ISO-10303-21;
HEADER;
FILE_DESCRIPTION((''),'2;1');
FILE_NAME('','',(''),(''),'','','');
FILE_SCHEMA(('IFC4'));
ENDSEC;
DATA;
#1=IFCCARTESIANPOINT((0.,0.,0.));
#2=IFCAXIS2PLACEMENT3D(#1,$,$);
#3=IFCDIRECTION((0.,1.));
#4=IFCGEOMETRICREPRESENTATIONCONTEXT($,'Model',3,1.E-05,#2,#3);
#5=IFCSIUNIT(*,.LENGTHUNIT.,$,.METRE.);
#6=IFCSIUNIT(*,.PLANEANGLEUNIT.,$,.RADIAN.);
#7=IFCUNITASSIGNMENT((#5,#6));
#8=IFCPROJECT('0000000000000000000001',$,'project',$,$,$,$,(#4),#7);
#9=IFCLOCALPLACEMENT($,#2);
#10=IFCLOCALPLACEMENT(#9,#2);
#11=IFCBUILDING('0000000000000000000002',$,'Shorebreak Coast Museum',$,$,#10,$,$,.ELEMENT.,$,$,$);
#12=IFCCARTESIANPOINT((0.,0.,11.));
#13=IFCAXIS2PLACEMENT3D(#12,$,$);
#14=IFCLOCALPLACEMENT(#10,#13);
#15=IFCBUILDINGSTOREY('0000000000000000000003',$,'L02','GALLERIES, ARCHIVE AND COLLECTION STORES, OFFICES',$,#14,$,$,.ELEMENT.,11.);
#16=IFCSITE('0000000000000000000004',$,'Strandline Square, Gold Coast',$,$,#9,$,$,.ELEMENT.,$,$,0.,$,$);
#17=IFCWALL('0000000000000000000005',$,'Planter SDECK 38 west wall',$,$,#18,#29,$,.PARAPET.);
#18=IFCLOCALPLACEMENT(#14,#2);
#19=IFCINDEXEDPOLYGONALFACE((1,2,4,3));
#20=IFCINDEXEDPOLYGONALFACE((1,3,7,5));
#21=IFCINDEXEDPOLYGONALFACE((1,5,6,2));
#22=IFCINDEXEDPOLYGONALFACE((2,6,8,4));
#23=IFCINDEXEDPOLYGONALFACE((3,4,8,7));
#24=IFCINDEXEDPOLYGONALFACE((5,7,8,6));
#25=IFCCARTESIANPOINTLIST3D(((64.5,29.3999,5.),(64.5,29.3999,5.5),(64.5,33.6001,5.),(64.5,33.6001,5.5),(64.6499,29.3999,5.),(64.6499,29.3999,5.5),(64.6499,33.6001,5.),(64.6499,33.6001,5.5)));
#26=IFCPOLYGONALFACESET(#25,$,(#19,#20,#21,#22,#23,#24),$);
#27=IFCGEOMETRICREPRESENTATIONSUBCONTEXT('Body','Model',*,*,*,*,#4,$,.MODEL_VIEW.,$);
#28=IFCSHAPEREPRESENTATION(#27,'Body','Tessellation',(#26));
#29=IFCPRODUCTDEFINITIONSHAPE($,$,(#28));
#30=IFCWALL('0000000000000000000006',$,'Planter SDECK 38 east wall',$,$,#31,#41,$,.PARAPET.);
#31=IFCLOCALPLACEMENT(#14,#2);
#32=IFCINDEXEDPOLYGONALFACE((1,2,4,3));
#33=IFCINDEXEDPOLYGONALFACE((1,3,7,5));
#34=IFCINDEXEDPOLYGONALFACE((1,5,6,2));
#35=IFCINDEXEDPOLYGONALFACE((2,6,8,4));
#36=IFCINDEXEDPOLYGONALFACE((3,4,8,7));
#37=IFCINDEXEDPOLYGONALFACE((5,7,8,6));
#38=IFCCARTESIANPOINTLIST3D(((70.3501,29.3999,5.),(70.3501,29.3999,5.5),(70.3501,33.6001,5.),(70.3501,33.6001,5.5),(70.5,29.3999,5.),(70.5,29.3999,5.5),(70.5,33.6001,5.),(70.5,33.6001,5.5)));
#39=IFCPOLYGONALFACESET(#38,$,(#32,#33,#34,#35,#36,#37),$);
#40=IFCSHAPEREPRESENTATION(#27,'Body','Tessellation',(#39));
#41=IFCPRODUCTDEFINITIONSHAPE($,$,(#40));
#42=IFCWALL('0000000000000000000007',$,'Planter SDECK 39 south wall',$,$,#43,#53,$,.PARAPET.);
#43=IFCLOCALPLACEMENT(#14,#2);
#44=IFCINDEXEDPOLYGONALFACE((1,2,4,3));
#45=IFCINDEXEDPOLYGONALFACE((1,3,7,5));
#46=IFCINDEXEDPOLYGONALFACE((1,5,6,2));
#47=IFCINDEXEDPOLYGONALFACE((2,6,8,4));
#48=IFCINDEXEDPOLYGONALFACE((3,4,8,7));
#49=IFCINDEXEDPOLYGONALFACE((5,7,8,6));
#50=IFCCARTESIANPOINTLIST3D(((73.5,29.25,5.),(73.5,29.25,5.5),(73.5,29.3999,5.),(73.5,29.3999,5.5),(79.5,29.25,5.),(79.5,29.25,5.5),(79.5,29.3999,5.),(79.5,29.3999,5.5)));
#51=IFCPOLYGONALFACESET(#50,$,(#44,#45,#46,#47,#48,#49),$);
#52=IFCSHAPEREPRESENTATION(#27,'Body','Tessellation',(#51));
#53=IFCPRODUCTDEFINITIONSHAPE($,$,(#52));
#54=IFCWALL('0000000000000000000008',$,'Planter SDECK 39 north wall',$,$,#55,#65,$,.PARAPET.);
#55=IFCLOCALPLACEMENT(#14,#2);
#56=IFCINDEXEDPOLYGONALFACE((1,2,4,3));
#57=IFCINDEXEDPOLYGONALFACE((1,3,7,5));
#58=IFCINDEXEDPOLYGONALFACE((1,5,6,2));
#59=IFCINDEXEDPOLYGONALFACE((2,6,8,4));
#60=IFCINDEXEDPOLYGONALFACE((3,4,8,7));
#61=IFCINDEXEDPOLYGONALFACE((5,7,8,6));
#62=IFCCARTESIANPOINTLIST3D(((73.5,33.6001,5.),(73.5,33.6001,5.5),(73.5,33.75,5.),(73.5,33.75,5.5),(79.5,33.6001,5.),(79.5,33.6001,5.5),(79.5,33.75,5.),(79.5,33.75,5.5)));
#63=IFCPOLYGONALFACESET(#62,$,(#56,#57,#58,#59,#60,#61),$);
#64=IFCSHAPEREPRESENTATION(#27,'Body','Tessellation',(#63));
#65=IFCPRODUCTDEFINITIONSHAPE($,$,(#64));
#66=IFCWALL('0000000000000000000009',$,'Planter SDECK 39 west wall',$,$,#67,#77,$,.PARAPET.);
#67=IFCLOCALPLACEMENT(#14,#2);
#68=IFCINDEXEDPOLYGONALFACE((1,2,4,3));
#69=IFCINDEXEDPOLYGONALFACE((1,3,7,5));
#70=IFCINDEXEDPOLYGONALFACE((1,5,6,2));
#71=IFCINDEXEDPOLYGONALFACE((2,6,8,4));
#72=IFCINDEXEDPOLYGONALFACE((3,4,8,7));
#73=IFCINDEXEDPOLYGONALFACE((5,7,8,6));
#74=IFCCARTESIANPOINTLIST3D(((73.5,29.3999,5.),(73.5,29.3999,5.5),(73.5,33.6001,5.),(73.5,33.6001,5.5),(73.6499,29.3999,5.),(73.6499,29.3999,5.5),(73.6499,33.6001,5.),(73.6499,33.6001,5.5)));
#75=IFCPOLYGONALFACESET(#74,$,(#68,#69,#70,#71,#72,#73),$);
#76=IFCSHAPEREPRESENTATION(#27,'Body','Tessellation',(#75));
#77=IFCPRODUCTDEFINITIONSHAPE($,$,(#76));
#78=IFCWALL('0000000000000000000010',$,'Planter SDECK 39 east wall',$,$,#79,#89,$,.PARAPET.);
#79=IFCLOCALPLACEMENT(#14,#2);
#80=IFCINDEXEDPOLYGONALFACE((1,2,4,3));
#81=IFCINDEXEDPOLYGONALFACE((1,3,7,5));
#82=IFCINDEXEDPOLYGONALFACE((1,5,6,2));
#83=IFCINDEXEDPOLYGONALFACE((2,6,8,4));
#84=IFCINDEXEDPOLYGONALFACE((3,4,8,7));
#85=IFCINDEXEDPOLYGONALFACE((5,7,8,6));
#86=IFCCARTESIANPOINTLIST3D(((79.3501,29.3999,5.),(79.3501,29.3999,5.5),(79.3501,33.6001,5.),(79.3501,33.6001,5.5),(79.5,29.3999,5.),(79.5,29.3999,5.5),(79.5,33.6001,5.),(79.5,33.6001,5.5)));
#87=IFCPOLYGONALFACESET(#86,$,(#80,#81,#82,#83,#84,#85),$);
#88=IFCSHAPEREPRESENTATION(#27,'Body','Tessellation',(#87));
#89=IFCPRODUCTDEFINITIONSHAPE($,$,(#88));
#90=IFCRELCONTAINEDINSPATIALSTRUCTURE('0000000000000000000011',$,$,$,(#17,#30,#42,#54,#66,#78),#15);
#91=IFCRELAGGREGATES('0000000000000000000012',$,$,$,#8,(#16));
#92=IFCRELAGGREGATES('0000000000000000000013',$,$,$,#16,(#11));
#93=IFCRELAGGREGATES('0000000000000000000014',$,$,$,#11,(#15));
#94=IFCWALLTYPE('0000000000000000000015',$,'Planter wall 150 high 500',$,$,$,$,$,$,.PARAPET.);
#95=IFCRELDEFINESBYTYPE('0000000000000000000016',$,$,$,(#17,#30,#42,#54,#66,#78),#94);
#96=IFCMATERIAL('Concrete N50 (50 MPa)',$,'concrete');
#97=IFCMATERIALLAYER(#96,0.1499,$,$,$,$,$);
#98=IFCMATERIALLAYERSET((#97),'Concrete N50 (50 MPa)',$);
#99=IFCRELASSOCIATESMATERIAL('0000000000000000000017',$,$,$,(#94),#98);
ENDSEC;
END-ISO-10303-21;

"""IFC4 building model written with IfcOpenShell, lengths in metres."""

from ifc_helpers import new_model, si_unit, direction, frame, frame_2d, origin, place, context, subcontext, project, spatial, rectangle, extrude, material, layer, layer_set, type_object, element, save


model = new_model("IFC4")

# Units and contexts
model_context = context("Model", 3, precision=1e-05, world=origin(), true_north=direction((0.0, 1.0)))
body_context = subcontext(model_context, "Body", "Model", "MODEL_VIEW")
ifc_project = project(units=[si_unit("LENGTHUNIT", "METRE"), si_unit("PLANEANGLEUNIT", "RADIAN")], contexts=[model_context])

# Site, building, storey
site_placement = place(None, origin())
site = spatial("IfcSite", under=ifc_project, at=site_placement, Name="Strandline Square, Gold Coast", CompositionType="ELEMENT", RefElevation=0.0)
building_placement = place(site_placement, origin())
building = spatial("IfcBuilding", under=site, at=building_placement, Name="Shorebreak Coast Museum", CompositionType="ELEMENT")
storey_placement = place(building_placement, frame((0.0, 0.0, 11.0)))
storey = spatial("IfcBuildingStorey", under=building, at=storey_placement, Name="L02", Description="GALLERIES, ARCHIVE AND COLLECTION STORES, OFFICES", CompositionType="ELEMENT", Elevation=11.0)

# Walls
ifc_material_1 = material(Name="Concrete N50 (50 MPa)", Category="concrete")
ifc_layer_1 = layer(ifc_material_1, 0.1499)
ifc_layer_set_1 = layer_set([ifc_layer_1], Name="Concrete N50 (50 MPa)")
wall_type_1 = type_object("IfcWallType", Name="Planter wall 150 high 500", PredefinedType="PARAPET", material=ifc_layer_set_1)
for number, where, z_axis, x_axis, name in (
    (1, (64.575, 29.3999, 5.0), (0.0, 0.0, 1.0), (0.0, 1.0, 0.0), "Planter SDECK 38 west wall"),
    (2, (70.425, 29.3999, 5.0), (0.0, 0.0, 1.0), (0.0, 1.0, 0.0), "Planter SDECK 38 east wall"),
):
    element("IfcWall", number, at=place(storey_placement, frame(where, z_axis=z_axis, x_axis=x_axis)), inside=storey, type_object=wall_type_1, Name=name, PredefinedType="PARAPET", context=body_context, shape_type="SweptSolid", body=[
        extrude(rectangle(XDim=4.2002, YDim=0.1499, at=frame_2d((2.1001, 0.0))), origin(), (0.0, 0.0, 1.0), 0.5),
    ])
for number, where, z_axis, x_axis, name in (
    (3, (73.5, 29.325, 5.0), (0.0, 0.0, 1.0), (1.0, 0.0, 0.0), "Planter SDECK 39 south wall"),
    (4, (73.5, 33.675, 5.0), (0.0, 0.0, 1.0), (1.0, 0.0, 0.0), "Planter SDECK 39 north wall"),
):
    element("IfcWall", number, at=place(storey_placement, frame(where, z_axis=z_axis, x_axis=x_axis)), inside=storey, type_object=wall_type_1, Name=name, PredefinedType="PARAPET", context=body_context, shape_type="SweptSolid", body=[
        extrude(rectangle(XDim=6.0, YDim=0.1499, at=frame_2d((3.0, 0.0))), origin(), (0.0, 0.0, 1.0), 0.5),
    ])
for number, where, z_axis, x_axis, name in (
    (5, (73.575, 29.3999, 5.0), (0.0, 0.0, 1.0), (0.0, 1.0, 0.0), "Planter SDECK 39 west wall"),
    (6, (79.425, 29.3999, 5.0), (0.0, 0.0, 1.0), (0.0, 1.0, 0.0), "Planter SDECK 39 east wall"),
):
    element("IfcWall", number, at=place(storey_placement, frame(where, z_axis=z_axis, x_axis=x_axis)), inside=storey, type_object=wall_type_1, Name=name, PredefinedType="PARAPET", context=body_context, shape_type="SweptSolid", body=[
        extrude(rectangle(XDim=4.2002, YDim=0.1499, at=frame_2d((2.1001, 0.0))), origin(), (0.0, 0.0, 1.0), 0.5),
    ])

save(model, "model.ifc")
